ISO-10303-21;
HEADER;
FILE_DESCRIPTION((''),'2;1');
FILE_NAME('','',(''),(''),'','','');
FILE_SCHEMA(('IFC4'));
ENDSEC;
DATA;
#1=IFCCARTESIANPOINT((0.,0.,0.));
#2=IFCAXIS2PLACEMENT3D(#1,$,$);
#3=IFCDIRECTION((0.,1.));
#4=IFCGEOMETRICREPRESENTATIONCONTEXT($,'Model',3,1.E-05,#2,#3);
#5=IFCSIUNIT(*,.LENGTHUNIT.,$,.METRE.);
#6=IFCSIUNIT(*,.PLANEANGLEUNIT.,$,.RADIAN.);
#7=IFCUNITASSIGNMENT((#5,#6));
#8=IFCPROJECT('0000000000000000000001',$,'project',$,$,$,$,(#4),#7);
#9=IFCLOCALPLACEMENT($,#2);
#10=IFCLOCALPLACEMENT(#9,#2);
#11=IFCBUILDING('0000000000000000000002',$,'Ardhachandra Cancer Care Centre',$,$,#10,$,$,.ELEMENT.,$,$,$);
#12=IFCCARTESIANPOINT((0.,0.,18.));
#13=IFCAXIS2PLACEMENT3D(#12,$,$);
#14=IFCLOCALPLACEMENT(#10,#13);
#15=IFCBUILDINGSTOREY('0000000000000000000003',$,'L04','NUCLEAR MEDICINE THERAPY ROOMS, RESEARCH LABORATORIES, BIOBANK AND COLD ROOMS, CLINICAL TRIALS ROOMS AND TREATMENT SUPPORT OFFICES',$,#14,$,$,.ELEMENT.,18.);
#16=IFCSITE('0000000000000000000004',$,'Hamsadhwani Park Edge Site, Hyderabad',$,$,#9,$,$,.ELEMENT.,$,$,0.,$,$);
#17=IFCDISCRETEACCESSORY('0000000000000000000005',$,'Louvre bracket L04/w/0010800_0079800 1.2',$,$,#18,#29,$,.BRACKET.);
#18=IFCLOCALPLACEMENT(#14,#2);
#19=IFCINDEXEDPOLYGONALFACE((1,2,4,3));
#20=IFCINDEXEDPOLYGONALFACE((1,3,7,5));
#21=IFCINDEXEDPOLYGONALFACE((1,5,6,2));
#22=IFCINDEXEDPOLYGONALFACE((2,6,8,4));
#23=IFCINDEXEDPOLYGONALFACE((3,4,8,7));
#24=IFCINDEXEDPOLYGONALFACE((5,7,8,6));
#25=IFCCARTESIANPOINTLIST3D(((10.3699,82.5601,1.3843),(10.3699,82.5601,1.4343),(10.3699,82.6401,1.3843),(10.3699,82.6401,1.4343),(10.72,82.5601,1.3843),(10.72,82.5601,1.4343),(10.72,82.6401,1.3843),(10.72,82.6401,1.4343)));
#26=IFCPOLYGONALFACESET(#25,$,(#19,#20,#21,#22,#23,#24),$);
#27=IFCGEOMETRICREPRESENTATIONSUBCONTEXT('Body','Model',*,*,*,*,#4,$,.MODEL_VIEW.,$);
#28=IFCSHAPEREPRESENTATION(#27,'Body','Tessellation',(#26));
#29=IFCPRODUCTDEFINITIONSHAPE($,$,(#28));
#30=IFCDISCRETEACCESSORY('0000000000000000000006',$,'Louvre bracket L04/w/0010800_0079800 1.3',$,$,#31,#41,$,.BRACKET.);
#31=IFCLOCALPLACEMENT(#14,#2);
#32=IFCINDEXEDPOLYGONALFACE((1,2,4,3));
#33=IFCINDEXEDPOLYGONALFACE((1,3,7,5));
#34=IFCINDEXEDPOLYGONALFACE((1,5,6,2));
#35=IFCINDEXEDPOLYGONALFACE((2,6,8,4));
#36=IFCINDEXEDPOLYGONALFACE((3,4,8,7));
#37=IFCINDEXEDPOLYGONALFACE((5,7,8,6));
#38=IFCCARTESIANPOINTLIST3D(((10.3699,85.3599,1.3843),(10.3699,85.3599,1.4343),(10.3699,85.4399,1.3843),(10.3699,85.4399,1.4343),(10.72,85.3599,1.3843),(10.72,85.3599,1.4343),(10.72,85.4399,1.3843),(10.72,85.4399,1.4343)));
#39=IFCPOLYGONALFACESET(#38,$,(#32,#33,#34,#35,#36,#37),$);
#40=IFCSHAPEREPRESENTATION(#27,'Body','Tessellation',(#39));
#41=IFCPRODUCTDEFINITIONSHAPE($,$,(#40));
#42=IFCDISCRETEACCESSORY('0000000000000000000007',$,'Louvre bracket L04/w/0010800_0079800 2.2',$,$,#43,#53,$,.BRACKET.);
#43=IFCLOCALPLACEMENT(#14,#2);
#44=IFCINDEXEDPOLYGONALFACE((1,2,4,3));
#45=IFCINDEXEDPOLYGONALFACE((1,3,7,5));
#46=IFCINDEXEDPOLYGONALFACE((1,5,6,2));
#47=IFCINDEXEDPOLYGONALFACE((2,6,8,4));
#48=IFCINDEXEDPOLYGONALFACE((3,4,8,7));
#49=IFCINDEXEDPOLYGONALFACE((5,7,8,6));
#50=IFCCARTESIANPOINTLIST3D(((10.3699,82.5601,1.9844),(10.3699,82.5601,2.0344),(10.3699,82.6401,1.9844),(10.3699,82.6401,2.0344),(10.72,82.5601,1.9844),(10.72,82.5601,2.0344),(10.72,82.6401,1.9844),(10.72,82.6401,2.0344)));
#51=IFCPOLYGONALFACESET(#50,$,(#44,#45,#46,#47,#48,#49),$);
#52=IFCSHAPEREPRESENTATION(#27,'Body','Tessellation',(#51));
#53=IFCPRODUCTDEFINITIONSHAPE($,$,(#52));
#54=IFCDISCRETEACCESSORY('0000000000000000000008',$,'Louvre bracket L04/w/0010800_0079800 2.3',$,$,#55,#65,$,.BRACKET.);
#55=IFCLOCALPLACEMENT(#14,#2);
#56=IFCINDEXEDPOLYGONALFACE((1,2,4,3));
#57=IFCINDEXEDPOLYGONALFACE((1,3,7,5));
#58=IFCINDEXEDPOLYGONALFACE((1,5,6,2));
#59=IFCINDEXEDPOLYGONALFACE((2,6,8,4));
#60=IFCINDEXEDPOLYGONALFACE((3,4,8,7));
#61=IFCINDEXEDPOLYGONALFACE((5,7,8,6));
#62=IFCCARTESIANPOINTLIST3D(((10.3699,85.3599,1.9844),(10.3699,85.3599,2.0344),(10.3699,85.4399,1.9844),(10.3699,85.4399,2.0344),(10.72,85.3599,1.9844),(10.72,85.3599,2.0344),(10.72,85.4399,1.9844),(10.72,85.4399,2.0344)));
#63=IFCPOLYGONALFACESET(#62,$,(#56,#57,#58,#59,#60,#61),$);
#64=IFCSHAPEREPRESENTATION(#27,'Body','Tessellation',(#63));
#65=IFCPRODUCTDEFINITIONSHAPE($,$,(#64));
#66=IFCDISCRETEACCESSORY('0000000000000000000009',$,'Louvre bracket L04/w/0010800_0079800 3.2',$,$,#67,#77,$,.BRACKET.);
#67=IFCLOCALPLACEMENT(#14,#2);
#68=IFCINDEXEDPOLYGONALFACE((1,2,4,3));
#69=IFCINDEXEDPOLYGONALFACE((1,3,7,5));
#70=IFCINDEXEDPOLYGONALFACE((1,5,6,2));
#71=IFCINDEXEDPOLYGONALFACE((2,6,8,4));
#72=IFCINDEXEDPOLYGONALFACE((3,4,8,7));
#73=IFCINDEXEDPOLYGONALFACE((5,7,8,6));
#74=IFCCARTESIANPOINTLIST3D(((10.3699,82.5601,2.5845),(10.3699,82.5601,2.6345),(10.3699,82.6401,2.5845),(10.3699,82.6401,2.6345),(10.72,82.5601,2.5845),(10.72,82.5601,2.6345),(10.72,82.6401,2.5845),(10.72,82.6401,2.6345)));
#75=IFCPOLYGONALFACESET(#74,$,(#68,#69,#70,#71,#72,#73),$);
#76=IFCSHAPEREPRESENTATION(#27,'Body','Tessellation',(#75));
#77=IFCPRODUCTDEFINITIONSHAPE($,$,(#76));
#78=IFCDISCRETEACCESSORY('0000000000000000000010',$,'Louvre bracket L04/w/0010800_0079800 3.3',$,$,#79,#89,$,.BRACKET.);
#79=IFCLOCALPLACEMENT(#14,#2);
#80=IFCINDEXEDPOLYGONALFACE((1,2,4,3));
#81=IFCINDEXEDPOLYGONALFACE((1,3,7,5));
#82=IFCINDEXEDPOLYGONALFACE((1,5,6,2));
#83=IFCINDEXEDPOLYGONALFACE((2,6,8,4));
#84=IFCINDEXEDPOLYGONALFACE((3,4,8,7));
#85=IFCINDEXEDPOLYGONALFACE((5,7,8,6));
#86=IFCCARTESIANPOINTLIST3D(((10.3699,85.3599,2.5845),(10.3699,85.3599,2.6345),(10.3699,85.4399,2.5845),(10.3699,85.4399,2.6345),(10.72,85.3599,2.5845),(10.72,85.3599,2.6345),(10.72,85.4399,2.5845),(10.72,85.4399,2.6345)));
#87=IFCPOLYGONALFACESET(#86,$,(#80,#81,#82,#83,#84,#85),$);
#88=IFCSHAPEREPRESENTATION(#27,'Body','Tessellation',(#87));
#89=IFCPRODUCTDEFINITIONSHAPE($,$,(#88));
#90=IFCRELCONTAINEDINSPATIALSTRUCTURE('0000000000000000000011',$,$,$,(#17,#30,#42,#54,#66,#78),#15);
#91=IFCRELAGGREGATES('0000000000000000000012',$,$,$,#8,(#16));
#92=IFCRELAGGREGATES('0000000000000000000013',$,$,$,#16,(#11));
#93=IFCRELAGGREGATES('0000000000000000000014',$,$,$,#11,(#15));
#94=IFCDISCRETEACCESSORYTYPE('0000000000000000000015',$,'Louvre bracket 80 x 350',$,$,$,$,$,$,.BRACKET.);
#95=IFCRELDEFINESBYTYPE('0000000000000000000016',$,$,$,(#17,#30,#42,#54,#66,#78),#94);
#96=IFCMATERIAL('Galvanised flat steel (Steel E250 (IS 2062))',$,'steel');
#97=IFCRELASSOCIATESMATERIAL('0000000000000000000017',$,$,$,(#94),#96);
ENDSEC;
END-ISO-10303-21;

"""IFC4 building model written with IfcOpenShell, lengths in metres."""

from ifc_helpers import new_model, si_unit, direction, frame, origin, origin_2d, place, context, subcontext, project, spatial, rectangle, extrude, material, type_object, element, save


model = new_model("IFC4")

# Units and contexts
model_context = context("Model", 3, precision=1e-05, world=origin(), true_north=direction((0.0, 1.0)))
body_context = subcontext(model_context, "Body", "Model", "MODEL_VIEW")
ifc_project = project(units=[si_unit("LENGTHUNIT", "METRE"), si_unit("PLANEANGLEUNIT", "RADIAN")], contexts=[model_context])

# Site, building, storey
site_placement = place(None, origin())
site = spatial("IfcSite", under=ifc_project, at=site_placement, Name="Hamsadhwani Park Edge Site, Hyderabad", CompositionType="ELEMENT", RefElevation=0.0)
building_placement = place(site_placement, origin())
building = spatial("IfcBuilding", under=site, at=building_placement, Name="Ardhachandra Cancer Care Centre", CompositionType="ELEMENT")
storey_placement = place(building_placement, frame((0.0, 0.0, 18.0)))
storey = spatial("IfcBuildingStorey", under=building, at=storey_placement, Name="L04", Description="NUCLEAR MEDICINE THERAPY ROOMS, RESEARCH LABORATORIES, BIOBANK AND COLD ROOMS, CLINICAL TRIALS ROOMS AND TREATMENT SUPPORT OFFICES", CompositionType="ELEMENT", Elevation=18.0)

# Discrete accessories
ifc_material_1 = material(Name="Galvanised flat steel (Steel E250 (IS 2062))", Category="steel")
discrete_accessory_type = type_object("IfcDiscreteAccessoryType", Name="Louvre bracket 80 x 350", PredefinedType="BRACKET", material=ifc_material_1)
for number, where, z_axis, x_axis, name in (
    (1, (10.5449, 82.6001, 1.3843), (0.0, 0.0, 1.0), (0.0, 1.0, 0.0), "Louvre bracket L04/w/0010800_0079800 1.2"),
    (2, (10.5449, 85.3999, 1.3843), (0.0, 0.0, 1.0), (0.0, 1.0, 0.0), "Louvre bracket L04/w/0010800_0079800 1.3"),
    (3, (10.5449, 82.6001, 1.9844), (0.0, 0.0, 1.0), (0.0, 1.0, 0.0), "Louvre bracket L04/w/0010800_0079800 2.2"),
    (4, (10.5449, 85.3999, 1.9844), (0.0, 0.0, 1.0), (0.0, 1.0, 0.0), "Louvre bracket L04/w/0010800_0079800 2.3"),
    (5, (10.5449, 82.6001, 2.5845), (0.0, 0.0, 1.0), (0.0, 1.0, 0.0), "Louvre bracket L04/w/0010800_0079800 3.2"),
    (6, (10.5449, 85.3999, 2.5845), (0.0, 0.0, 1.0), (0.0, 1.0, 0.0), "Louvre bracket L04/w/0010800_0079800 3.3"),
):
    element("IfcDiscreteAccessory", number, at=place(storey_placement, frame(where, z_axis=z_axis, x_axis=x_axis)), inside=storey, type_object=discrete_accessory_type, Name=name, PredefinedType="BRACKET", context=body_context, shape_type="SweptSolid", body=[
        extrude(rectangle(XDim=0.0801, YDim=0.3501, at=origin_2d()), origin(), (0.0, 0.0, 1.0), 0.05),
    ])

save(model, "model.ifc")
